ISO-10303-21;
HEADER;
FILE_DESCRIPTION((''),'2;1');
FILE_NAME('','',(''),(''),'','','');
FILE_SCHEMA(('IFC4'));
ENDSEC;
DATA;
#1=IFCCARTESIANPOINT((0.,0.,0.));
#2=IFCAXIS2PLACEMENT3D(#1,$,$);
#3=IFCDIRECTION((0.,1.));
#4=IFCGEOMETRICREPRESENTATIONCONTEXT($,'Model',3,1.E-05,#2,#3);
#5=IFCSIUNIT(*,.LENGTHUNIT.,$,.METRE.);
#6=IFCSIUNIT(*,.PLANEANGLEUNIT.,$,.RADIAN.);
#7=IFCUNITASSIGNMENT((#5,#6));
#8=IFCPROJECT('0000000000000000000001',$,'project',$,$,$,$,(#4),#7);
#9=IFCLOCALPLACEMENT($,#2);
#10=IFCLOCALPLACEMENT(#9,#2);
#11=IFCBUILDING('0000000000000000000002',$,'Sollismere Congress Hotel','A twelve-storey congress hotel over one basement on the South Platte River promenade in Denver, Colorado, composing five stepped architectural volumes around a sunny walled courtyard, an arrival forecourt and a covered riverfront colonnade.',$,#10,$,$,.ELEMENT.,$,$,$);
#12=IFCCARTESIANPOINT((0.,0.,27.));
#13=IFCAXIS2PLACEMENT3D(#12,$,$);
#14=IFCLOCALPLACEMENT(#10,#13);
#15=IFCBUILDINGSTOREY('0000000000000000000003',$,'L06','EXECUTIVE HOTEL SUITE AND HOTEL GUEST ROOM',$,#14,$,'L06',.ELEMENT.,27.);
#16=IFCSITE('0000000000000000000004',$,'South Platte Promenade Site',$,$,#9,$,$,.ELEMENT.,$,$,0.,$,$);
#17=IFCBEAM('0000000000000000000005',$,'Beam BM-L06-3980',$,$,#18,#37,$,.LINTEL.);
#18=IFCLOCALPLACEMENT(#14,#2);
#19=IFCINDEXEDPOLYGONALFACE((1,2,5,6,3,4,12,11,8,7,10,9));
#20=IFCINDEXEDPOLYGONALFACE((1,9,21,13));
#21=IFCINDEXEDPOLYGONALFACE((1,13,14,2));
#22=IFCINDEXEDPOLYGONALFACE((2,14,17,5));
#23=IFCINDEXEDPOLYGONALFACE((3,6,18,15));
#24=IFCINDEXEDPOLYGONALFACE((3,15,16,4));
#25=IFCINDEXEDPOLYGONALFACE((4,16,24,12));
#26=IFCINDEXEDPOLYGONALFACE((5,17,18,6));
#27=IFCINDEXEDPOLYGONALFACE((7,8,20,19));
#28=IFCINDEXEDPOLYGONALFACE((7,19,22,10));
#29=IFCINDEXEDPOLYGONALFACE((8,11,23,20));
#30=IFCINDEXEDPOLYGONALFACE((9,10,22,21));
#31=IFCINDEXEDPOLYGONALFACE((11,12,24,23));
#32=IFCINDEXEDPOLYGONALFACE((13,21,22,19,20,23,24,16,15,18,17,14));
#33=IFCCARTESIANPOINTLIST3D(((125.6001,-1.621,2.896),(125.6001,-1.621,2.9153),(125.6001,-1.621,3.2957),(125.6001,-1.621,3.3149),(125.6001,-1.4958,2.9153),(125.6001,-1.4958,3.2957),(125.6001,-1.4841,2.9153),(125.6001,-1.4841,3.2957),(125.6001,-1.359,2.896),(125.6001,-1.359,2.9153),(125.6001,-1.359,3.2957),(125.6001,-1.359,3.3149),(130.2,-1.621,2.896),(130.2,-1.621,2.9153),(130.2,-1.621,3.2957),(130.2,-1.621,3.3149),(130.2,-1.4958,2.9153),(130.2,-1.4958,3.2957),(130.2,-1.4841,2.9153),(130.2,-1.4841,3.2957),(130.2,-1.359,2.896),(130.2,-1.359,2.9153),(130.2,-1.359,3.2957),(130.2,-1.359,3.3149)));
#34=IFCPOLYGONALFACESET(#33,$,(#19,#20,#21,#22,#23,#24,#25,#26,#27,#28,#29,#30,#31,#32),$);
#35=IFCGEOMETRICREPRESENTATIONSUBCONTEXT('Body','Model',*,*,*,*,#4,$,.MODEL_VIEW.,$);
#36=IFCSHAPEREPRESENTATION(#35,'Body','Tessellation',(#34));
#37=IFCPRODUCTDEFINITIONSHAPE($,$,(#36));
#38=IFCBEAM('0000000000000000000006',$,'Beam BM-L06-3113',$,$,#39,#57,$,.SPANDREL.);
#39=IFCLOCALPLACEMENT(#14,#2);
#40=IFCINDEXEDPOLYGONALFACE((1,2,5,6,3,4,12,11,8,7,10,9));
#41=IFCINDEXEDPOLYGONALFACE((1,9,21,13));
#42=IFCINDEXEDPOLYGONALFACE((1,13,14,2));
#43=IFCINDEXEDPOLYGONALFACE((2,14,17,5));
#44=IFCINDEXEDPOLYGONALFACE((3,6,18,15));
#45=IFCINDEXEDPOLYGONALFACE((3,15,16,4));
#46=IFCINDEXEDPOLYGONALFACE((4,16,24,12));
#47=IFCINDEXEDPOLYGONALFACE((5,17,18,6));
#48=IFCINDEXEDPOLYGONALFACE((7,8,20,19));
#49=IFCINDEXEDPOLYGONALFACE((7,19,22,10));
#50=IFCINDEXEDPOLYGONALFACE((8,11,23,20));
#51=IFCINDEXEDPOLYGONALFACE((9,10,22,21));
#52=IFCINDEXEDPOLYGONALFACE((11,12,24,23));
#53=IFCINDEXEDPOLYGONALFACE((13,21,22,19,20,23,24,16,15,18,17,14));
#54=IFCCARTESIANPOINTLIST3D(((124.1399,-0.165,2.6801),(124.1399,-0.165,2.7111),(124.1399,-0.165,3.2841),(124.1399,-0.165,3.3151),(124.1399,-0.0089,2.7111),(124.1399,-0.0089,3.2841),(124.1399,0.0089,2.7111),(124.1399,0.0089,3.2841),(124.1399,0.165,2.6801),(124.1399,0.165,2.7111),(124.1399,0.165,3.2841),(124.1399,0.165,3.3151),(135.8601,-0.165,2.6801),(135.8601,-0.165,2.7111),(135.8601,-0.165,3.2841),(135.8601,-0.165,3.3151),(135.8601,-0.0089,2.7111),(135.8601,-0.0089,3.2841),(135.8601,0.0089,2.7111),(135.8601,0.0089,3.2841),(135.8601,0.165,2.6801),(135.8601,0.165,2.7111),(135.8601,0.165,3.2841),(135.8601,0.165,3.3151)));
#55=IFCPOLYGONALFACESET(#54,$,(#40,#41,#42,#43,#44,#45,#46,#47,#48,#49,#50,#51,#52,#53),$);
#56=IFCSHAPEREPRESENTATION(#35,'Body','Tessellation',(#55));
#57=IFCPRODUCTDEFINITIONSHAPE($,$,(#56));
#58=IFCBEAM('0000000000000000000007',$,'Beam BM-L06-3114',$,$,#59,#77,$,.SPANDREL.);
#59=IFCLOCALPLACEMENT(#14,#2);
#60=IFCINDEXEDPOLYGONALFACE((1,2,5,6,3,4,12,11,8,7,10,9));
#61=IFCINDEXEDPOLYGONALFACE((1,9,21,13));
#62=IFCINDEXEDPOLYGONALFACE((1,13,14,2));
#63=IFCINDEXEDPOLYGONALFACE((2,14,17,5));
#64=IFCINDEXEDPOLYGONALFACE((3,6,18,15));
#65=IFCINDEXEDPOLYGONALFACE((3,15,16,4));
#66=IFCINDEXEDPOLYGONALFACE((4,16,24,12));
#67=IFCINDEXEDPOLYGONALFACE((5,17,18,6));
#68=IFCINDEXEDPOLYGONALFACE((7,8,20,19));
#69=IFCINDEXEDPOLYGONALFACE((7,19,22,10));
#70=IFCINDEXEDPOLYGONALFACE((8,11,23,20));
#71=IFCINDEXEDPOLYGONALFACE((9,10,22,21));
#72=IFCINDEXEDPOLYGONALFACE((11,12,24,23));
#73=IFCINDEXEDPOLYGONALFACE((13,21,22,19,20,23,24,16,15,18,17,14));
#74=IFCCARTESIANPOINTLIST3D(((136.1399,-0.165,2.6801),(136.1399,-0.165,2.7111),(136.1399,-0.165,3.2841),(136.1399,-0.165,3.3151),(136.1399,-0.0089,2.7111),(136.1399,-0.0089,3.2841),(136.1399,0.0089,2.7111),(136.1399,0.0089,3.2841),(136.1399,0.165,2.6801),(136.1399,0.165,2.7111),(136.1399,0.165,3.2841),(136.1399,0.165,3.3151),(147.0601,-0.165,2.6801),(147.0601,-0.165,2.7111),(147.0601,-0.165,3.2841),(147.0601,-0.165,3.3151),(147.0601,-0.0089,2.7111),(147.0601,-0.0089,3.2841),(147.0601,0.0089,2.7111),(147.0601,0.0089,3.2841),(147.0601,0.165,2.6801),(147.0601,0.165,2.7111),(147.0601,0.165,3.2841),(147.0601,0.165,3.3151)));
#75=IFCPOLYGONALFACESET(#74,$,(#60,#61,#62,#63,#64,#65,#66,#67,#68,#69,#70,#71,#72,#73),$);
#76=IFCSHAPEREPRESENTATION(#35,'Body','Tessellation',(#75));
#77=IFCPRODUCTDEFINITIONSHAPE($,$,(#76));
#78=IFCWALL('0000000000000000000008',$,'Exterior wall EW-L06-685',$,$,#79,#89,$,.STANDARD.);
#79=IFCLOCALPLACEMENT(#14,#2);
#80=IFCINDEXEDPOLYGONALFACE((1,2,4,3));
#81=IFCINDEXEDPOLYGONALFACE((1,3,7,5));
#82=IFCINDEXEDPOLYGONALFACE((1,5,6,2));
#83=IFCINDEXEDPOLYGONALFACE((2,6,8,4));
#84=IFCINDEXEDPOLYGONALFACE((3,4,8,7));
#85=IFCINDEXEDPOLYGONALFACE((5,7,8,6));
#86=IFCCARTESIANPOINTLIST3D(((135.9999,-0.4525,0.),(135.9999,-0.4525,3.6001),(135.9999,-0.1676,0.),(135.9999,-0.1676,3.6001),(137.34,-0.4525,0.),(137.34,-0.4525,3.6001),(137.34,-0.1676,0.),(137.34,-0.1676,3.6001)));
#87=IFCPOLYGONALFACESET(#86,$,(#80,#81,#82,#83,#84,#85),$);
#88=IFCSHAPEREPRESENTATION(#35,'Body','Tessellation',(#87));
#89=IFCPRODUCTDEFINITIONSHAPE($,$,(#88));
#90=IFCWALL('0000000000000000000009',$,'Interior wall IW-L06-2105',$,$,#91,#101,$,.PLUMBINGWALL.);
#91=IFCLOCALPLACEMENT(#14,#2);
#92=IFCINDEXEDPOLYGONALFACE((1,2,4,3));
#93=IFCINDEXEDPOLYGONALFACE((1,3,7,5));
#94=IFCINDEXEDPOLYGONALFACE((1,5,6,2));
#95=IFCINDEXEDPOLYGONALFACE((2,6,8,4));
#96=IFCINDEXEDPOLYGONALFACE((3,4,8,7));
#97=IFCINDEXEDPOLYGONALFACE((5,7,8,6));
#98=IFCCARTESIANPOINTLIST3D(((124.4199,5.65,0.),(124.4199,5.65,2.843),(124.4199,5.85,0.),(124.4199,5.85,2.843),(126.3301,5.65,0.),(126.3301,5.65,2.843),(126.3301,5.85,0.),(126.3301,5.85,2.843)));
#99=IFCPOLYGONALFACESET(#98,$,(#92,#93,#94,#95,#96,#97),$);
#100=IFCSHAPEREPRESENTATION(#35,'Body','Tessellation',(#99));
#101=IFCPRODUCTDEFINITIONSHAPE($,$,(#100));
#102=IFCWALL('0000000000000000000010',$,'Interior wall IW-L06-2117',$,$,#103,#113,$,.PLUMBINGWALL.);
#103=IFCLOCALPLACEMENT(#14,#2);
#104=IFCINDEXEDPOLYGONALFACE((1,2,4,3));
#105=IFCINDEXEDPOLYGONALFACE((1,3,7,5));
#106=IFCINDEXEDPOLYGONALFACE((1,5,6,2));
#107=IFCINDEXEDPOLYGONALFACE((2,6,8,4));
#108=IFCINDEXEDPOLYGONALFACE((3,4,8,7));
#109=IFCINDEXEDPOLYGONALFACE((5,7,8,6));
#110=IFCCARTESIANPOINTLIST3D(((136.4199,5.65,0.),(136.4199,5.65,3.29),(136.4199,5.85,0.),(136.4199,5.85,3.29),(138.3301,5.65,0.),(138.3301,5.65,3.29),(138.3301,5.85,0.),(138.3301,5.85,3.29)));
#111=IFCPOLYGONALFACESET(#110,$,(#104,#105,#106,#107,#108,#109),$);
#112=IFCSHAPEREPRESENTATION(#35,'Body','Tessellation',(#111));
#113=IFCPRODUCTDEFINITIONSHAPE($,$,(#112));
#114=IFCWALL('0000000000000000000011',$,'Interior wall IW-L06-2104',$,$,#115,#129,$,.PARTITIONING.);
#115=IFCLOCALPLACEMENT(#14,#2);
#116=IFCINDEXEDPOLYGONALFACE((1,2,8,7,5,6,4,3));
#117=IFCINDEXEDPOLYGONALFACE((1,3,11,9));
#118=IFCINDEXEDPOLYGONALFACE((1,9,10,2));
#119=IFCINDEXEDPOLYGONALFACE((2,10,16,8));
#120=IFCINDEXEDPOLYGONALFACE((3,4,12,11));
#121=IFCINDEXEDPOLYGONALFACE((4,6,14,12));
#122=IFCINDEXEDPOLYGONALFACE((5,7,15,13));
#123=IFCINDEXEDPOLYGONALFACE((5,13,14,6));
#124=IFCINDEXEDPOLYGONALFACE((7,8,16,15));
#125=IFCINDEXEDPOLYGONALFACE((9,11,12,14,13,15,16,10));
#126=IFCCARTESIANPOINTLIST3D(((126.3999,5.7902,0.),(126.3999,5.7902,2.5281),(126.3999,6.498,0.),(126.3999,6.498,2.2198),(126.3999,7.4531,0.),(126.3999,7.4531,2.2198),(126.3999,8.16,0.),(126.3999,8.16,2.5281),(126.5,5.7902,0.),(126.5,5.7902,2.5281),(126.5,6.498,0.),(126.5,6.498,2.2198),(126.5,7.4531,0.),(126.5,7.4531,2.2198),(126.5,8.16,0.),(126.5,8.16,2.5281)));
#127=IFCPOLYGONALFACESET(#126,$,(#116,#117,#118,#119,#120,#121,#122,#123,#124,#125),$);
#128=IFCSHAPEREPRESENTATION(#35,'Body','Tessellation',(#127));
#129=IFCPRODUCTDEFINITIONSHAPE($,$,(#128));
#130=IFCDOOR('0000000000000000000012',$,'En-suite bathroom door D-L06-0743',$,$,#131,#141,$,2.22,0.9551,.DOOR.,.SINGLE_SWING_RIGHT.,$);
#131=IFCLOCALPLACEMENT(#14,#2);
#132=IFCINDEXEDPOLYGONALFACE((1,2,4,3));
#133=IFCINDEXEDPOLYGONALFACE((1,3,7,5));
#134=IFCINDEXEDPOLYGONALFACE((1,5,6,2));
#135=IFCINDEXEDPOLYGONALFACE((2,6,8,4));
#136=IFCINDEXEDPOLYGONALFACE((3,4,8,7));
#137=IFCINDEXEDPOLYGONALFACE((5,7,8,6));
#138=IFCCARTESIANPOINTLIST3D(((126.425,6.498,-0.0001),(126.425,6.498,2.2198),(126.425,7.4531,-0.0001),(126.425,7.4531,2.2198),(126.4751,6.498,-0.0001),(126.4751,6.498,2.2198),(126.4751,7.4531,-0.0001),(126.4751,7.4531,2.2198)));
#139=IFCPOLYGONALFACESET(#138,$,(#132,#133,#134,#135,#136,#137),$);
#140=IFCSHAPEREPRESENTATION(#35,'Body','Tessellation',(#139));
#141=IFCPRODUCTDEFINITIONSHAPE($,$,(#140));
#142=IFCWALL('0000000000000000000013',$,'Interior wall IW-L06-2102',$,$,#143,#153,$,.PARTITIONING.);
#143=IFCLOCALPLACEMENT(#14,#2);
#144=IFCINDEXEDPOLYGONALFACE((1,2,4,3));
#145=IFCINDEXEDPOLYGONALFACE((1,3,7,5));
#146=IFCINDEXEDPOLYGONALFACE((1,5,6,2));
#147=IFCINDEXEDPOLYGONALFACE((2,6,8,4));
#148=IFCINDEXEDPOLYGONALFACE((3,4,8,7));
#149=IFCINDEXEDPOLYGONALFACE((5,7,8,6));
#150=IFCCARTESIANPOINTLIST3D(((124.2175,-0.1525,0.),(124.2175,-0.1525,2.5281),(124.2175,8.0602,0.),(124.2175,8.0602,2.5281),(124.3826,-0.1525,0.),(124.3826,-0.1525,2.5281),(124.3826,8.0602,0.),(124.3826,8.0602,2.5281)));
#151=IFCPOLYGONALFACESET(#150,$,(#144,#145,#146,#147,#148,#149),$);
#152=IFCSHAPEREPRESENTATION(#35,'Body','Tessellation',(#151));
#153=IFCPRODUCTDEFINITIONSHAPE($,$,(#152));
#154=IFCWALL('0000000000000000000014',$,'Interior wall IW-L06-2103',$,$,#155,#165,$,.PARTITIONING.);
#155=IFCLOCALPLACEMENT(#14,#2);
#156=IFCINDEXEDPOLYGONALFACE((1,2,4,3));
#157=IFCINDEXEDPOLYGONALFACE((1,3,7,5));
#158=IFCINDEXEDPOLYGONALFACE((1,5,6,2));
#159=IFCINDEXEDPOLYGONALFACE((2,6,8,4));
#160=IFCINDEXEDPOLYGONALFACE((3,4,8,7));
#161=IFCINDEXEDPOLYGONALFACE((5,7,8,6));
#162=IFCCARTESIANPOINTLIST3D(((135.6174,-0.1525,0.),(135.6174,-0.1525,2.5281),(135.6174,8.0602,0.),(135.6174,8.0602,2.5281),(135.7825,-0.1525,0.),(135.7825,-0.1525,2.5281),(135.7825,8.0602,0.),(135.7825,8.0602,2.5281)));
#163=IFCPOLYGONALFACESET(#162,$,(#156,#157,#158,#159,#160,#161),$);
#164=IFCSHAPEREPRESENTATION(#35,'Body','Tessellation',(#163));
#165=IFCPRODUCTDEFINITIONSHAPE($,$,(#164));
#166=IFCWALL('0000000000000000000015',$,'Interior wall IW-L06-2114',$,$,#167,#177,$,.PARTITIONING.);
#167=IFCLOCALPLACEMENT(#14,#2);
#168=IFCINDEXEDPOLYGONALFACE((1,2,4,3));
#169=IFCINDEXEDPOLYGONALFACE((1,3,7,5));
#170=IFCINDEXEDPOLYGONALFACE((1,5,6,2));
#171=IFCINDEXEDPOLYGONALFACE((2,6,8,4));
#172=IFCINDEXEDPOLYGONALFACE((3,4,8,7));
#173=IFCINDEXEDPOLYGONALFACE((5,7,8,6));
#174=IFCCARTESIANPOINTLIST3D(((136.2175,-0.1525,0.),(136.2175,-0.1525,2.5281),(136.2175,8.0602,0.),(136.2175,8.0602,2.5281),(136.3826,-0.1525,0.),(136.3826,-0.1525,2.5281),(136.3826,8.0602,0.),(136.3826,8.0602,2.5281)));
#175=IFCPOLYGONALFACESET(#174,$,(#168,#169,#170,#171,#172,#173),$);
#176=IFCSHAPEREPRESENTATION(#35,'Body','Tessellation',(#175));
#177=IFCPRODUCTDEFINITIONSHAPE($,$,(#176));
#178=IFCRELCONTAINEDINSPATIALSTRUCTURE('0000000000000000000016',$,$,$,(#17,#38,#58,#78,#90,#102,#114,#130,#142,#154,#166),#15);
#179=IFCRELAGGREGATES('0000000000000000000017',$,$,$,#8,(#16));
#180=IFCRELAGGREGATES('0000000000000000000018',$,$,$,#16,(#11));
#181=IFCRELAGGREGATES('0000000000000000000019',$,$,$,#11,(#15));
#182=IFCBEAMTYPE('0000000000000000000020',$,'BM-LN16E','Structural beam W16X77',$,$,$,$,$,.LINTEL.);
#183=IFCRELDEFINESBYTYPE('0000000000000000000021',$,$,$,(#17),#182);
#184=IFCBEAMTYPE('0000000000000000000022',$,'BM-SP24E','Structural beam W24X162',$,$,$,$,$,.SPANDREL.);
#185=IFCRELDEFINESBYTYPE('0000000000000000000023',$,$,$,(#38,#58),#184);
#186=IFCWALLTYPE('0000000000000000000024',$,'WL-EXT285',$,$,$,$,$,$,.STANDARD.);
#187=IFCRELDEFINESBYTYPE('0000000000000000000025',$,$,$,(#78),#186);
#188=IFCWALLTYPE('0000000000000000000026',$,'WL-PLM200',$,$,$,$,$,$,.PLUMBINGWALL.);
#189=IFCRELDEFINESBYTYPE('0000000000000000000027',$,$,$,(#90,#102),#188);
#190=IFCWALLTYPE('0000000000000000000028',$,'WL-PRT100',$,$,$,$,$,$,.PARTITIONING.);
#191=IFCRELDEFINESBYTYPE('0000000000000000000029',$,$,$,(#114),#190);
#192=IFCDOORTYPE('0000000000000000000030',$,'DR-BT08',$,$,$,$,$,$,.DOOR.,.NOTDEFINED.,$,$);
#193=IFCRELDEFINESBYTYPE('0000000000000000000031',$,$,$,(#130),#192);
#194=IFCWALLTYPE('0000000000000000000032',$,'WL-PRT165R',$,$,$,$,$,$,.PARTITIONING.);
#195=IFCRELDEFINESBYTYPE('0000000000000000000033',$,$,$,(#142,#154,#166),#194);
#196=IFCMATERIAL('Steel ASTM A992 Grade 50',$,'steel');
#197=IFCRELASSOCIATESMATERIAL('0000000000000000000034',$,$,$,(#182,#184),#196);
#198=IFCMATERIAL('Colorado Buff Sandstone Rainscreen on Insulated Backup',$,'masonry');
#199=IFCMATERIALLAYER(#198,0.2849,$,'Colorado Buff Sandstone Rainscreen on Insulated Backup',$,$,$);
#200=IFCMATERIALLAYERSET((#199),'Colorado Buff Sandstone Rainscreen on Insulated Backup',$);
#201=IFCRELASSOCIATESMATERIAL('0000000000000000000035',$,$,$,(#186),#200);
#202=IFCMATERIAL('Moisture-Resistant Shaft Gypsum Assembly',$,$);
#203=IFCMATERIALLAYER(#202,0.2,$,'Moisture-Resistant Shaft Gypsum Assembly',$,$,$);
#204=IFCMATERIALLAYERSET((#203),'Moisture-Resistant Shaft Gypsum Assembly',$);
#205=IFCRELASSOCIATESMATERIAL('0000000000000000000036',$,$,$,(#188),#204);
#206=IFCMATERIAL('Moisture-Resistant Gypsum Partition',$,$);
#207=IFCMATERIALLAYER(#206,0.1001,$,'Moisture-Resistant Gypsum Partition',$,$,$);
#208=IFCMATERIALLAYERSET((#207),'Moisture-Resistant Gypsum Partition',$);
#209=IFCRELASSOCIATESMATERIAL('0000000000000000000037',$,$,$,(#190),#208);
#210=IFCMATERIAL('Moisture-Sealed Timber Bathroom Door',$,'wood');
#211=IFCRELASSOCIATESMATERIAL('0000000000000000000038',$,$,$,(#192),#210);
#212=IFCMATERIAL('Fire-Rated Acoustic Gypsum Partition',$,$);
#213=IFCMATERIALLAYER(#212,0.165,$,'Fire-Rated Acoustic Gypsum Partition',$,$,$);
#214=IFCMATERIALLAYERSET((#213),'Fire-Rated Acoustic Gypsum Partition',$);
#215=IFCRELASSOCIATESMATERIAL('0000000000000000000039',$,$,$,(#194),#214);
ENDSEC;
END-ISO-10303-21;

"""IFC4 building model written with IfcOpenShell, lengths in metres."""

from ifc_helpers import new_model, si_unit, direction, frame, frame_2d, origin, origin_2d, place, context, subcontext, project, spatial, rectangle, i_section, extrude, material, layer, layer_set, material_profile, profile_set, type_object, element, fill, save


model = new_model("IFC4")

# Units and contexts
model_context = context("Model", 3, precision=1e-05, world=origin(), true_north=direction((0.0, 1.0)))
body_context = subcontext(model_context, "Body", "Model", "MODEL_VIEW")
ifc_project = project(units=[si_unit("LENGTHUNIT", "METRE"), si_unit("PLANEANGLEUNIT", "RADIAN")], contexts=[model_context])

# Site, building, storey
site_placement = place(None, origin())
site = spatial("IfcSite", under=ifc_project, at=site_placement, Name="South Platte Promenade Site", CompositionType="ELEMENT", RefElevation=0.0)
building_placement = place(site_placement, origin())
building = spatial("IfcBuilding", under=site, at=building_placement, Name="Sollismere Congress Hotel", Description="A twelve-storey congress hotel over one basement on the South Platte River promenade in Denver, Colorado, composing five stepped architectural volumes around a sunny walled courtyard, an arrival forecourt and a covered riverfront colonnade.", CompositionType="ELEMENT")
storey_placement = place(building_placement, frame((0.0, 0.0, 27.0)))
storey = spatial("IfcBuildingStorey", under=building, at=storey_placement, Name="L06", Description="EXECUTIVE HOTEL SUITE AND HOTEL GUEST ROOM", LongName="L06", CompositionType="ELEMENT", Elevation=27.0)

# Shared definitions
ifc_material_1 = material(Name="Steel ASTM A992 Grade 50", Category="steel")

# Beams
ifc_material_profile_1 = material_profile(ifc_material_1, i_section(OverallWidth=0.262, OverallDepth=0.4189, WebThickness=0.0117, FlangeThickness=0.0193, at=origin_2d()), Name="W16X77")
ifc_profile_set_1 = profile_set([ifc_material_profile_1], Name="Steel ASTM A992 Grade 50")
beam_type_1 = type_object("IfcBeamType", Name="BM-LN16E", Description="Structural beam W16X77", PredefinedType="LINTEL", material=ifc_profile_set_1)
beam_1_placement = place(storey_placement, frame((125.6001, -1.49, 3.1055), z_axis=(1.0, 0.0, 0.0), x_axis=(0.0, 1.0, 0.0)))
element("IfcBeam", 1, at=beam_1_placement, inside=storey, type_object=beam_type_1, Name="Beam BM-L06-3980", PredefinedType="LINTEL", context=body_context, shape_type="SweptSolid", body=[
    extrude(i_section(OverallWidth=0.262, OverallDepth=0.4189, WebThickness=0.0117, FlangeThickness=0.0193, at=origin_2d()), origin(), (0.0, 0.0, 1.0), 4.5999),
])
ifc_material_profile_2 = material_profile(ifc_material_1, i_section(OverallWidth=0.3301, OverallDepth=0.635, WebThickness=0.0178, FlangeThickness=0.031, at=origin_2d()), Name="W24X162")
ifc_profile_set_2 = profile_set([ifc_material_profile_2], Name="Steel ASTM A992 Grade 50")
beam_type_2 = type_object("IfcBeamType", Name="BM-SP24E", Description="Structural beam W24X162", PredefinedType="SPANDREL", material=ifc_profile_set_2)
beam_2_placement = place(storey_placement, frame((124.1399, 0.0, 2.9976), z_axis=(1.0, 0.0, 0.0), x_axis=(0.0, 1.0, 0.0)))
element("IfcBeam", 2, at=beam_2_placement, inside=storey, type_object=beam_type_2, Name="Beam BM-L06-3113", PredefinedType="SPANDREL", context=body_context, shape_type="SweptSolid", body=[
    extrude(i_section(OverallWidth=0.3301, OverallDepth=0.635, WebThickness=0.0178, FlangeThickness=0.031, at=origin_2d()), origin(), (0.0, 0.0, 1.0), 11.7202),
])
beam_3_placement = place(storey_placement, frame((136.1399, 0.0, 2.9976), z_axis=(1.0, 0.0, 0.0), x_axis=(0.0, 1.0, 0.0)))
element("IfcBeam", 3, at=beam_3_placement, inside=storey, type_object=beam_type_2, Name="Beam BM-L06-3114", PredefinedType="SPANDREL", context=body_context, shape_type="SweptSolid", body=[
    extrude(i_section(OverallWidth=0.3301, OverallDepth=0.635, WebThickness=0.0178, FlangeThickness=0.031, at=origin_2d()), origin(), (0.0, 0.0, 1.0), 10.9202),
])

# Walls
ifc_material_2 = material(Name="Colorado Buff Sandstone Rainscreen on Insulated Backup", Category="masonry")
ifc_layer_1 = layer(ifc_material_2, 0.2849, Name="Colorado Buff Sandstone Rainscreen on Insulated Backup")
ifc_layer_set_1 = layer_set([ifc_layer_1], Name="Colorado Buff Sandstone Rainscreen on Insulated Backup")
wall_type_1 = type_object("IfcWallType", Name="WL-EXT285", PredefinedType="STANDARD", material=ifc_layer_set_1)
wall_1_placement = place(storey_placement, frame((136.0, -0.3101, 0.0), z_axis=(0.0, 0.0, 1.0), x_axis=(1.0, 0.0, 0.0)))
element("IfcWall", 4, at=wall_1_placement, inside=storey, type_object=wall_type_1, Name="Exterior wall EW-L06-685", PredefinedType="STANDARD", context=body_context, shape_type="SweptSolid", body=[
    extrude(rectangle(XDim=1.3401, YDim=0.2849, at=frame_2d((0.6699, 0.0))), origin(), (0.0, 0.0, 1.0), 3.6001),
])
ifc_material_3 = material(Name="Moisture-Resistant Shaft Gypsum Assembly")
ifc_layer_2 = layer(ifc_material_3, 0.2, Name="Moisture-Resistant Shaft Gypsum Assembly")
ifc_layer_set_2 = layer_set([ifc_layer_2], Name="Moisture-Resistant Shaft Gypsum Assembly")
wall_type_2 = type_object("IfcWallType", Name="WL-PLM200", PredefinedType="PLUMBINGWALL", material=ifc_layer_set_2)
wall_2_placement = place(storey_placement, frame((124.4199, 5.75, 0.0), z_axis=(0.0, 0.0, 1.0), x_axis=(1.0, 0.0, 0.0)))
element("IfcWall", 5, at=wall_2_placement, inside=storey, type_object=wall_type_2, Name="Interior wall IW-L06-2105", PredefinedType="PLUMBINGWALL", context=body_context, shape_type="SweptSolid", body=[
    extrude(rectangle(XDim=1.9102, YDim=0.2, at=frame_2d((0.9551, 0.0))), origin(), (0.0, 0.0, 1.0), 2.843),
])
wall_3_placement = place(storey_placement, frame((136.4199, 5.75, 0.0), z_axis=(0.0, 0.0, 1.0), x_axis=(1.0, 0.0, 0.0)))
element("IfcWall", 6, at=wall_3_placement, inside=storey, type_object=wall_type_2, Name="Interior wall IW-L06-2117", PredefinedType="PLUMBINGWALL", context=body_context, shape_type="SweptSolid", body=[
    extrude(rectangle(XDim=1.9102, YDim=0.2, at=frame_2d((0.9551, 0.0))), origin(), (0.0, 0.0, 1.0), 3.29),
])

# Wall, opening, door
ifc_material_4 = material(Name="Moisture-Resistant Gypsum Partition")
ifc_layer_3 = layer(ifc_material_4, 0.1001, Name="Moisture-Resistant Gypsum Partition")
ifc_layer_set_3 = layer_set([ifc_layer_3], Name="Moisture-Resistant Gypsum Partition")
wall_type_3 = type_object("IfcWallType", Name="WL-PRT100", PredefinedType="PARTITIONING", material=ifc_layer_set_3)
wall_4_placement = place(storey_placement, frame((126.45, 5.79, 0.0), z_axis=(0.0, 0.0, 1.0), x_axis=(0.0, 1.0, 0.0)))
wall_4 = element("IfcWall", 7, at=wall_4_placement, inside=storey, type_object=wall_type_3, Name="Interior wall IW-L06-2104", PredefinedType="PARTITIONING", context=body_context, shape_type="SweptSolid", body=[
    extrude(rectangle(XDim=2.3699, YDim=0.1001, at=frame_2d((1.1851, 0.0))), origin(), (0.0, 0.0, 1.0), 2.5281),
])
opening_placement = place(wall_4_placement, frame((0.708, 0.0, 0.0)))
opening = element("IfcOpeningElement", 8, at=opening_placement, cuts=wall_4, PredefinedType="OPENING", context=body_context, shape_type="SweptSolid", body=[
    extrude(rectangle(XDim=0.9551, YDim=2.22, at=frame_2d((0.4775, 1.1099))), frame((0.0, 0.0601, 0.0), z_axis=(0.0, -1.0, 0.0), x_axis=(1.0, 0.0, 0.0)), (0.0, 0.0, 1.0), 0.1201),
])
ifc_material_5 = material(Name="Moisture-Sealed Timber Bathroom Door", Category="wood")
door_type = type_object("IfcDoorType", Name="DR-BT08", OperationType="NOTDEFINED", PredefinedType="DOOR", material=ifc_material_5)
door_placement = place(opening_placement, origin())
door = element("IfcDoor", 9, at=door_placement, inside=storey, type_object=door_type, Name="En-suite bathroom door D-L06-0743", OperationType="SINGLE_SWING_RIGHT", OverallHeight=2.22, OverallWidth=0.9551, PredefinedType="DOOR", context=body_context, shape_type="SweptSolid", body=[
    extrude(rectangle(XDim=0.9551, YDim=2.22, at=frame_2d((0.4775, 1.1099))), frame((0.0, 0.0249, 0.0), z_axis=(0.0, -1.0, 0.0), x_axis=(1.0, 0.0, 0.0)), (0.0, 0.0, 1.0), 0.05),
])
fill(opening, door)

# Walls
ifc_material_6 = material(Name="Fire-Rated Acoustic Gypsum Partition")
ifc_layer_4 = layer(ifc_material_6, 0.165, Name="Fire-Rated Acoustic Gypsum Partition")
ifc_layer_set_4 = layer_set([ifc_layer_4], Name="Fire-Rated Acoustic Gypsum Partition")
wall_type_4 = type_object("IfcWallType", Name="WL-PRT165R", PredefinedType="PARTITIONING", material=ifc_layer_set_4)
for number, where, z_axis, x_axis, name in (
    (10, (124.3, -0.1526, 0.0), (0.0, 0.0, 1.0), (0.0, 1.0, 0.0), "Interior wall IW-L06-2102"),
    (11, (135.7, -0.1526, 0.0), (0.0, 0.0, 1.0), (0.0, 1.0, 0.0), "Interior wall IW-L06-2103"),
    (12, (136.3, -0.1526, 0.0), (0.0, 0.0, 1.0), (0.0, 1.0, 0.0), "Interior wall IW-L06-2114"),
):
    element("IfcWall", number, at=place(storey_placement, frame(where, z_axis=z_axis, x_axis=x_axis)), inside=storey, type_object=wall_type_4, Name=name, PredefinedType="PARTITIONING", context=body_context, shape_type="SweptSolid", body=[
        extrude(rectangle(XDim=8.2126, YDim=0.165, at=frame_2d((4.1064, 0.0))), origin(), (0.0, 0.0, 1.0), 2.5281),
    ])

save(model, "model.ifc")
